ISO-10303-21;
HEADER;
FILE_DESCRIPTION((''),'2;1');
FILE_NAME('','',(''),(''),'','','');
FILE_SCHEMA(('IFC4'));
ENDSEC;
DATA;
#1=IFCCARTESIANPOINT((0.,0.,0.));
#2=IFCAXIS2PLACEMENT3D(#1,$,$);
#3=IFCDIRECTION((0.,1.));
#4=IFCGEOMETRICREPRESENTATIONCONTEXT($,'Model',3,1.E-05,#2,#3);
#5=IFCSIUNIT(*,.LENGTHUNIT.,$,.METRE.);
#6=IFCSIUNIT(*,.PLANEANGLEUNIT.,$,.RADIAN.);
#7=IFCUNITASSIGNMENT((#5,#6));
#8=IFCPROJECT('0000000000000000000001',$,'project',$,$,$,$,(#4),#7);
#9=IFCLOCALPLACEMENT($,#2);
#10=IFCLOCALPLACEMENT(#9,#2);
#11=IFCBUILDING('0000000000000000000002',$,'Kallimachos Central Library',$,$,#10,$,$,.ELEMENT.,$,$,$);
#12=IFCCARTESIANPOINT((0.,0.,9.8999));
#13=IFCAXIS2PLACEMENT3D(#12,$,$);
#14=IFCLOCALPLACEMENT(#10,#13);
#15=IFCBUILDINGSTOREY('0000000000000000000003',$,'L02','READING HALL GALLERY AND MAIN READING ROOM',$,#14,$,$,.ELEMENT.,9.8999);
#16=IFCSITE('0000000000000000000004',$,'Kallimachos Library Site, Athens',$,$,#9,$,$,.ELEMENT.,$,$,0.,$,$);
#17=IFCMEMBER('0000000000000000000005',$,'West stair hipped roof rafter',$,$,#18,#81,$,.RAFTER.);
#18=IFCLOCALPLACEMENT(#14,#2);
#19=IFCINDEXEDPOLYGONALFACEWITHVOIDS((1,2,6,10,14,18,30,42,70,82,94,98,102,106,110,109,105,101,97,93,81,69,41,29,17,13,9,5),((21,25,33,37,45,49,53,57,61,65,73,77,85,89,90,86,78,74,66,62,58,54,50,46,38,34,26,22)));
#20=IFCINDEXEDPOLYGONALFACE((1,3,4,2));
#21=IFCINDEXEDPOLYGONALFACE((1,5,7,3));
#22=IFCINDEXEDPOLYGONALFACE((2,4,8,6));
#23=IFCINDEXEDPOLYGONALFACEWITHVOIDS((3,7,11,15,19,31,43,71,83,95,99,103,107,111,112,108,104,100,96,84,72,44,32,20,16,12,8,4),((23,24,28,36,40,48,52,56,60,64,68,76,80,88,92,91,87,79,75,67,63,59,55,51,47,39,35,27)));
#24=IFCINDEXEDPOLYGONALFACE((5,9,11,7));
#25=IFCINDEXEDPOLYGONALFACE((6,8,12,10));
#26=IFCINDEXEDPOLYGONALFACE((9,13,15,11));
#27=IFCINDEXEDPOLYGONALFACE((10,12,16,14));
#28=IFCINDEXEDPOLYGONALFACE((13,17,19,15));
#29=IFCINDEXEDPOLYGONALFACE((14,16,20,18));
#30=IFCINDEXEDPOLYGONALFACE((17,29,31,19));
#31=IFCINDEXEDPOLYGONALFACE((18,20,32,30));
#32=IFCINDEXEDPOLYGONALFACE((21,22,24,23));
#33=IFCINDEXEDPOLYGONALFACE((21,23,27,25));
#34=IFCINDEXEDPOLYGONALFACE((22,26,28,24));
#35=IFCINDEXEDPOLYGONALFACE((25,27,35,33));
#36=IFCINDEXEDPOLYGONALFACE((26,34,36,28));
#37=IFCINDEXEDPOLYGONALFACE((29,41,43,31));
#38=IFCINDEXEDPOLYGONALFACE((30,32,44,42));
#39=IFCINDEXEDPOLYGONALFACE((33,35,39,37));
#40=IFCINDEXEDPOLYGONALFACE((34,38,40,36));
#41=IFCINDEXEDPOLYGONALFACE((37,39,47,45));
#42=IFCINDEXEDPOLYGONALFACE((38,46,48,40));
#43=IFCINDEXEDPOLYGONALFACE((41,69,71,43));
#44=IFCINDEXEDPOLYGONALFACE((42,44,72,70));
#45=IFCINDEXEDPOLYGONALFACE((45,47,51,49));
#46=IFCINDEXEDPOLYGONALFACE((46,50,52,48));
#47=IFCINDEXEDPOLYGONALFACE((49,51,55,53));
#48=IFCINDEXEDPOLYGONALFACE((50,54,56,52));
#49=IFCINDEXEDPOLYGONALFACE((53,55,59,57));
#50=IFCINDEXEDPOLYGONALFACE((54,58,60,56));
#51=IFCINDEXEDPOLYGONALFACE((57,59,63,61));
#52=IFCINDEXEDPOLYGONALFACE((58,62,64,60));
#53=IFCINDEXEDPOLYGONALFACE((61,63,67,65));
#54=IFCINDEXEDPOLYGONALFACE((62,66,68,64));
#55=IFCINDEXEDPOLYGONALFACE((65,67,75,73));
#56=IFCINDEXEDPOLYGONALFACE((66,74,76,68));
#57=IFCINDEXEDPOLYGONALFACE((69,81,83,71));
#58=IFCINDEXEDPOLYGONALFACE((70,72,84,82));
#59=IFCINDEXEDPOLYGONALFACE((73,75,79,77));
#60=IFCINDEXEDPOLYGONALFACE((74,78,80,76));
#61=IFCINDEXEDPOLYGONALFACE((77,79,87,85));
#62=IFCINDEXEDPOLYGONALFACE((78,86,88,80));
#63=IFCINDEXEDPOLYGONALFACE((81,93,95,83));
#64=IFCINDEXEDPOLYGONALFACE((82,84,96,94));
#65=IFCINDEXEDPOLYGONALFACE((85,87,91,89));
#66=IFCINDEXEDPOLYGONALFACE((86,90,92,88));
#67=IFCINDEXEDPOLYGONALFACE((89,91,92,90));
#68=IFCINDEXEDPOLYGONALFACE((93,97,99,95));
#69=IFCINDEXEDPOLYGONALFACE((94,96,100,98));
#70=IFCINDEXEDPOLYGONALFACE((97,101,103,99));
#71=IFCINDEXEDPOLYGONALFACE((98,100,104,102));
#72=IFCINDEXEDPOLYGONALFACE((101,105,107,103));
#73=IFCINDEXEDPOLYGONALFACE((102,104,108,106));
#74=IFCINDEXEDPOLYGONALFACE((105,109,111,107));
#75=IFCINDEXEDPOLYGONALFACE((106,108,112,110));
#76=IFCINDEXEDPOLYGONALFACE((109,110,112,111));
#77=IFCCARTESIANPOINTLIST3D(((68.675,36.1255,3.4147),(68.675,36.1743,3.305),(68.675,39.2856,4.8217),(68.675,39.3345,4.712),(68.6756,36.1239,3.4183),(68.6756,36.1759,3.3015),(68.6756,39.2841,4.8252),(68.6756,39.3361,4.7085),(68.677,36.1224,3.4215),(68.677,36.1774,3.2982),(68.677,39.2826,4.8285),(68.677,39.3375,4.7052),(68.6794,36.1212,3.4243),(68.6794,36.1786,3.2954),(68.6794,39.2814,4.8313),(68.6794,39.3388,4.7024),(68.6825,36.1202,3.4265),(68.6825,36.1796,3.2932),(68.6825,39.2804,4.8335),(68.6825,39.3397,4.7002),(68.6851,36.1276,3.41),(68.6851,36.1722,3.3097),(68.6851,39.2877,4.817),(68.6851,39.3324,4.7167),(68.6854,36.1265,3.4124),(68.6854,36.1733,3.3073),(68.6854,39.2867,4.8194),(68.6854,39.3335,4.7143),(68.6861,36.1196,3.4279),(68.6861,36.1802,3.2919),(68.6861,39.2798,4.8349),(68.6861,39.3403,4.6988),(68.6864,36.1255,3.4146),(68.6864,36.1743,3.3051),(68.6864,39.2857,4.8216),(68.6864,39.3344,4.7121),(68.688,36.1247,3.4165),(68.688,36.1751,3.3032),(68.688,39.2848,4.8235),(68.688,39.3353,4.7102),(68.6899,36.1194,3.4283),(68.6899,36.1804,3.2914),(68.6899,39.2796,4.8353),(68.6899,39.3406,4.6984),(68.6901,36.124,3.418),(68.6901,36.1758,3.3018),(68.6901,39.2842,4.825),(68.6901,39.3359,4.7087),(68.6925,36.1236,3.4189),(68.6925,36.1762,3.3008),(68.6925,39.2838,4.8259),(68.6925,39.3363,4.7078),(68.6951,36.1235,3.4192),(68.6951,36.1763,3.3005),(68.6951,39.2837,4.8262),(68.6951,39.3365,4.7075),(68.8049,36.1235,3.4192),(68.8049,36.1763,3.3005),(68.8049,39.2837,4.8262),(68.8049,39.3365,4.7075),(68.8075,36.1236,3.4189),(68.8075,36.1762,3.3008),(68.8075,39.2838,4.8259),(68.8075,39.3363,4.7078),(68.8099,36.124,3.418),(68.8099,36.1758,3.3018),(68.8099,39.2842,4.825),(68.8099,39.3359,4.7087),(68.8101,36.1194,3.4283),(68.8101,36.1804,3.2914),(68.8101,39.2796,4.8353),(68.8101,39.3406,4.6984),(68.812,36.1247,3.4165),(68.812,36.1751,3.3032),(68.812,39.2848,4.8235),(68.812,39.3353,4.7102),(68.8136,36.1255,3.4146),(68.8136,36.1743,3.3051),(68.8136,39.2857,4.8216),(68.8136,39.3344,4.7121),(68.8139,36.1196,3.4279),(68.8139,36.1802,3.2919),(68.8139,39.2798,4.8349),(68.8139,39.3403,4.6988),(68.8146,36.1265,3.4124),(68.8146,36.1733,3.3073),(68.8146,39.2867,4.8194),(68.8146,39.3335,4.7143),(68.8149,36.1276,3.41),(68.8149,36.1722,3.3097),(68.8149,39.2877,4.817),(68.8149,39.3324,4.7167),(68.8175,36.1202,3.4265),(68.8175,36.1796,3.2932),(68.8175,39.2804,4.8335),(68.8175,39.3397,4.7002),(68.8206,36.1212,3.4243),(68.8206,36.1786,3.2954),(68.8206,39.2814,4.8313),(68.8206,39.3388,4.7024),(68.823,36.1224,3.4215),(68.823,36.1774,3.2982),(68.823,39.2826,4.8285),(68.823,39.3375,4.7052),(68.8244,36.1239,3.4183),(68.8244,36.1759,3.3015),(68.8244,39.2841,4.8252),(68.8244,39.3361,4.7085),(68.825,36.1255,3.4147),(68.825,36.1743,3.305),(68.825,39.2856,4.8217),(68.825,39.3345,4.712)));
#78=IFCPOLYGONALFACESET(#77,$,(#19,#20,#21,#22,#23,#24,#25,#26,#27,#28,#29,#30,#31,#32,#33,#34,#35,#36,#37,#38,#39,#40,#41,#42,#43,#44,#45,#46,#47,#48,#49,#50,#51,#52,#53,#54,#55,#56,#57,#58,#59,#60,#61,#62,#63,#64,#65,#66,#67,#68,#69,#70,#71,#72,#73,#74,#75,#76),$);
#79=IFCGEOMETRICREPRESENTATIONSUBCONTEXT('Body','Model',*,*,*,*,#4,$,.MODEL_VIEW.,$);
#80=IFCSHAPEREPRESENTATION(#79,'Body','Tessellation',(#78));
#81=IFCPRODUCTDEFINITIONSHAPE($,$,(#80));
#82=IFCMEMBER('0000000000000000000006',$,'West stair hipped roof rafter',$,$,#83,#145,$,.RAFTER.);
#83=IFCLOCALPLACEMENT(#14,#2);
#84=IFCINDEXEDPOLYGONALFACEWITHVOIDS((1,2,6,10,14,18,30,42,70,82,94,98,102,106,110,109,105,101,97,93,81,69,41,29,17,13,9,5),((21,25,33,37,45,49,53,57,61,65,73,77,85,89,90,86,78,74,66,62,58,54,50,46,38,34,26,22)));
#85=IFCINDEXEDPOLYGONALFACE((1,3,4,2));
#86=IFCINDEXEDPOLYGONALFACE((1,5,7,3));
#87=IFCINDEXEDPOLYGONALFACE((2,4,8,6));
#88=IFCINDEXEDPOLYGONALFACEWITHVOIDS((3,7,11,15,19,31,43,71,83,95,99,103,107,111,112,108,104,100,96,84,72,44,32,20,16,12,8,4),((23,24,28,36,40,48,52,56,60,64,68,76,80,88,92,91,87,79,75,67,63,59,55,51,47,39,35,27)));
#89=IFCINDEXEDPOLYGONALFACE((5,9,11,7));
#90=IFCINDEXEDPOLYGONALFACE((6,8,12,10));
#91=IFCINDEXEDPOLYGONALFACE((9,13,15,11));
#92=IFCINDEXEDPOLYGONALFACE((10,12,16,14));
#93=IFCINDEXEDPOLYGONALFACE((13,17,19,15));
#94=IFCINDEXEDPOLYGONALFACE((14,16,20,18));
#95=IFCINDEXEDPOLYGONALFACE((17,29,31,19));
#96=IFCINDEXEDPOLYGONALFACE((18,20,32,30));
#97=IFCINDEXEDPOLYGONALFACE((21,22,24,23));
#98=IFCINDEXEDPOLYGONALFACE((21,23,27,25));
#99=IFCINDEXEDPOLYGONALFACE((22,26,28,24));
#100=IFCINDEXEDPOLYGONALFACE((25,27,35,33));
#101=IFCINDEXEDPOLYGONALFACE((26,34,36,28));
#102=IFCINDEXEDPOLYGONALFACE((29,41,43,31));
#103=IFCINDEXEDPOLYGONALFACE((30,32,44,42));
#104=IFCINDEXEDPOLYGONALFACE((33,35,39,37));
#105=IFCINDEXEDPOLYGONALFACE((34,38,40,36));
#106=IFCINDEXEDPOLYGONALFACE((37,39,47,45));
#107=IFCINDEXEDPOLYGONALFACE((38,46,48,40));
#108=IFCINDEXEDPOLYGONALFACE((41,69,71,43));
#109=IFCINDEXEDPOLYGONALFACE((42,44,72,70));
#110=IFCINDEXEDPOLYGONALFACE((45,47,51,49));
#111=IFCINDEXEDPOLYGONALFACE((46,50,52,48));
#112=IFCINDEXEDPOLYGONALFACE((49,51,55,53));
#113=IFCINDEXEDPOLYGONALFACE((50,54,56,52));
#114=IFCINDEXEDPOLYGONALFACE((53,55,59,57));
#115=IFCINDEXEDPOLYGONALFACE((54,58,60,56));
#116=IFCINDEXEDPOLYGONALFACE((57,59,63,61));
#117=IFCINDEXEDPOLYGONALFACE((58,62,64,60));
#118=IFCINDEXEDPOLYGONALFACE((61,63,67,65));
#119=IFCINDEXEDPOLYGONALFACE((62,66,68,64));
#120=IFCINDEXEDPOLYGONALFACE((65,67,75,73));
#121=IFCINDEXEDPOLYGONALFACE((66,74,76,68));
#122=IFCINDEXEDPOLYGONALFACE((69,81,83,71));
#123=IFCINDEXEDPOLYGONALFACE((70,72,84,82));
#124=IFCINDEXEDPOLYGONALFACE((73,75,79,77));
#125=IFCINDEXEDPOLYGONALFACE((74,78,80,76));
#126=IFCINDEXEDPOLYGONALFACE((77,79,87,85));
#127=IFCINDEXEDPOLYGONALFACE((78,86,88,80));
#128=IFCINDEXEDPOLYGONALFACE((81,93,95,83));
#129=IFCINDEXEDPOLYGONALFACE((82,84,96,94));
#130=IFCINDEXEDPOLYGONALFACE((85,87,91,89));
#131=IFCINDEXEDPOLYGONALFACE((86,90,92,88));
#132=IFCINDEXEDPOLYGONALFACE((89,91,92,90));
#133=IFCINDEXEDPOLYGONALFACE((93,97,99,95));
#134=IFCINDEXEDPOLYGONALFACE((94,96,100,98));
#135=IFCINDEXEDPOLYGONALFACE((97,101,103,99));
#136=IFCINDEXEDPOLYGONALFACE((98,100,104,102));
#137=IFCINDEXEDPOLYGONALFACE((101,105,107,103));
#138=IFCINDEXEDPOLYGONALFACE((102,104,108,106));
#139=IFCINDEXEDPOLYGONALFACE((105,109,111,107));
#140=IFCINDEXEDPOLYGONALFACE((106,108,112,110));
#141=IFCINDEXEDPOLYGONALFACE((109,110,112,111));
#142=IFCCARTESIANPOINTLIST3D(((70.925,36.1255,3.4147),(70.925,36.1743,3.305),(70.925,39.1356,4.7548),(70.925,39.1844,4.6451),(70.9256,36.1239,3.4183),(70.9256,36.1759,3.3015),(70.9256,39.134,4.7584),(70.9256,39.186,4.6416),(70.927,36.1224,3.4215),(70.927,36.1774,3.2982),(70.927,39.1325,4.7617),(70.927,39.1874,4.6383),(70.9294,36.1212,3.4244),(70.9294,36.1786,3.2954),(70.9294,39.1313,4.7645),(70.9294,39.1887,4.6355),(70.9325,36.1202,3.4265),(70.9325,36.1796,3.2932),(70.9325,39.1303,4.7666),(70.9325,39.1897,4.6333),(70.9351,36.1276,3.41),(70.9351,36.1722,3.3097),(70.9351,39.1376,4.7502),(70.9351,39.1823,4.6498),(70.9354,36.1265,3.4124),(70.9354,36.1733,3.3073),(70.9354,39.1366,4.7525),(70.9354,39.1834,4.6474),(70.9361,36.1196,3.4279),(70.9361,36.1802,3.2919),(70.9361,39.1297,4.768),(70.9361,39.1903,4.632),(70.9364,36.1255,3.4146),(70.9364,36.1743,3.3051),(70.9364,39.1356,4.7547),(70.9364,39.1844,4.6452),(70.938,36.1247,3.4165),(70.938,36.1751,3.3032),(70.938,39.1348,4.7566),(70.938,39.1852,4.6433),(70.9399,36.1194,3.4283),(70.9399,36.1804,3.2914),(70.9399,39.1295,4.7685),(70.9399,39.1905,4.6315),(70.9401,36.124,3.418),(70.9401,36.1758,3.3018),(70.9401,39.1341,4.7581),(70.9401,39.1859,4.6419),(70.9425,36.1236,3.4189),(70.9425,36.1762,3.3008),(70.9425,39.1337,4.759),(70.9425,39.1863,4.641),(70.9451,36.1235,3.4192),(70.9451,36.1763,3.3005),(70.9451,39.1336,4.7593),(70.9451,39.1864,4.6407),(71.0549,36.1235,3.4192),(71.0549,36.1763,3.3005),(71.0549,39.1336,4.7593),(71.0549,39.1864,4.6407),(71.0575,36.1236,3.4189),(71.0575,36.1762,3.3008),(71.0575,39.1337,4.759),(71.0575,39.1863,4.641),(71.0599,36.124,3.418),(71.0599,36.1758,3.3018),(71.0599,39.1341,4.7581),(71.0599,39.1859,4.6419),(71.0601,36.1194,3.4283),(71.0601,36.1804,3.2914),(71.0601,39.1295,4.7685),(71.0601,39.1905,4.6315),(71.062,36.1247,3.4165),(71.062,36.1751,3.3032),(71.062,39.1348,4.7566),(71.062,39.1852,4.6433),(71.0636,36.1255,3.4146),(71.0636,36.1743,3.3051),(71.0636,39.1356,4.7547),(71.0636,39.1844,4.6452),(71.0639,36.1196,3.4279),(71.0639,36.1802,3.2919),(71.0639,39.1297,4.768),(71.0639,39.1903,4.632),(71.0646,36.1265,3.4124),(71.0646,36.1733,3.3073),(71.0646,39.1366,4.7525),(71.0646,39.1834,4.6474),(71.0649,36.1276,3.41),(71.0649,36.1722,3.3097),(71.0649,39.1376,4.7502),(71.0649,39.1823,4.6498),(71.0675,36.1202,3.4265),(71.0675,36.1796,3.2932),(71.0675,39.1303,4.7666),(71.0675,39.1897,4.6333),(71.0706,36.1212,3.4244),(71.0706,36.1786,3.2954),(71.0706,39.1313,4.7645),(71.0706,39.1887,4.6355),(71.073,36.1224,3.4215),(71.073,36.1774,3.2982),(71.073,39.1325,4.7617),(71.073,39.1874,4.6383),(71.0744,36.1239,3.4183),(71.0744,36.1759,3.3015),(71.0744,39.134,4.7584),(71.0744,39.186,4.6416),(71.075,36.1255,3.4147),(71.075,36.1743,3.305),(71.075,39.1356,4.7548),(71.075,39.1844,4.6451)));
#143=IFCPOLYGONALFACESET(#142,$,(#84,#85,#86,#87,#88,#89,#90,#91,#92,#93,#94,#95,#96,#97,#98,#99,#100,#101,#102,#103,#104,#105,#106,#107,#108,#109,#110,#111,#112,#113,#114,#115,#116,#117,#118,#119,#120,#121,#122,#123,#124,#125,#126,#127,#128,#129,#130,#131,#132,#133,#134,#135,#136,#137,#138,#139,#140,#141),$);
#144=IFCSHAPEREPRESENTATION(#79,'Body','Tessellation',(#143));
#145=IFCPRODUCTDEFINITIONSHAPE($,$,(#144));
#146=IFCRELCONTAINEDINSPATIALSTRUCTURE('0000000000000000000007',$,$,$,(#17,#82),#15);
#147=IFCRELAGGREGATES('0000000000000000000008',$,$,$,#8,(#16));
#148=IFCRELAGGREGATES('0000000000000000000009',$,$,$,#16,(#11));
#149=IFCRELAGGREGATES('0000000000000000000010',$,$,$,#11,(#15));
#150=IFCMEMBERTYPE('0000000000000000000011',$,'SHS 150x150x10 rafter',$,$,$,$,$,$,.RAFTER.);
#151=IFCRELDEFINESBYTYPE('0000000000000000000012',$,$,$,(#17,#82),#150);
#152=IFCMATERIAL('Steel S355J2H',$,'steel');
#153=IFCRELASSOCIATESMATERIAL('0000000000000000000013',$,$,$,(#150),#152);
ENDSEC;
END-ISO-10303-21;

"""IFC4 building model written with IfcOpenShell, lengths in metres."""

from ifc_helpers import new_model, si_unit, direction, frame, origin, origin_2d, place, context, subcontext, project, spatial, hollow_rectangle, extrude, material, material_profile, profile_set, type_object, element, save


model = new_model("IFC4")

# Units and contexts
model_context = context("Model", 3, precision=1e-05, world=origin(), true_north=direction((0.0, 1.0)))
body_context = subcontext(model_context, "Body", "Model", "MODEL_VIEW")
ifc_project = project(units=[si_unit("LENGTHUNIT", "METRE"), si_unit("PLANEANGLEUNIT", "RADIAN")], contexts=[model_context])

# Site, building, storey
site_placement = place(None, origin())
site = spatial("IfcSite", under=ifc_project, at=site_placement, Name="Kallimachos Library Site, Athens", CompositionType="ELEMENT", RefElevation=0.0)
building_placement = place(site_placement, origin())
building = spatial("IfcBuilding", under=site, at=building_placement, Name="Kallimachos Central Library", CompositionType="ELEMENT")
storey_placement = place(building_placement, frame((0.0, 0.0, 9.8999)))
storey = spatial("IfcBuildingStorey", under=building, at=storey_placement, Name="L02", Description="READING HALL GALLERY AND MAIN READING ROOM", CompositionType="ELEMENT", Elevation=9.8999)

# Members
ifc_material_1 = material(Name="Steel S355J2H", Category="steel")
ifc_material_profile_1 = material_profile(ifc_material_1, hollow_rectangle(XDim=0.1499, YDim=0.1499, WallThickness=0.01, InnerFilletRadius=0.01, OuterFilletRadius=0.0149, at=origin_2d()), Name="SHS 150x150x10")
ifc_profile_set_1 = profile_set([ifc_material_profile_1], Name="Steel S355J2H")
member_type_1 = type_object("IfcMemberType", Name="SHS 150x150x10 rafter", PredefinedType="RAFTER", material=ifc_profile_set_1)
member_1_placement = place(storey_placement, frame((68.75, 36.1499, 3.3599), z_axis=(0.0, 0.913547, 0.406734), x_axis=(-1.0, 0.0, 0.0)))
element("IfcMember", 1, at=member_1_placement, inside=storey, type_object=member_type_1, Name="West stair hipped roof rafter", PredefinedType="RAFTER", context=body_context, shape_type="SweptSolid", body=[
    extrude(hollow_rectangle(XDim=0.1499, YDim=0.1499, WallThickness=0.01, InnerFilletRadius=0.01, OuterFilletRadius=0.0149, at=origin_2d()), origin(), (0.0, 0.0, 1.0), 3.4592),
])
member_2_placement = place(storey_placement, frame((71.0, 36.1499, 3.3599), z_axis=(0.0, 0.913552, 0.406723), x_axis=(-1.0, 0.0, 0.0)))
element("IfcMember", 2, at=member_2_placement, inside=storey, type_object=member_type_1, Name="West stair hipped roof rafter", PredefinedType="RAFTER", context=body_context, shape_type="SweptSolid", body=[
    extrude(hollow_rectangle(XDim=0.1499, YDim=0.1499, WallThickness=0.01, InnerFilletRadius=0.01, OuterFilletRadius=0.0149, at=origin_2d()), origin(), (0.0, 0.0, 1.0), 3.2949),
])

save(model, "model.ifc")
